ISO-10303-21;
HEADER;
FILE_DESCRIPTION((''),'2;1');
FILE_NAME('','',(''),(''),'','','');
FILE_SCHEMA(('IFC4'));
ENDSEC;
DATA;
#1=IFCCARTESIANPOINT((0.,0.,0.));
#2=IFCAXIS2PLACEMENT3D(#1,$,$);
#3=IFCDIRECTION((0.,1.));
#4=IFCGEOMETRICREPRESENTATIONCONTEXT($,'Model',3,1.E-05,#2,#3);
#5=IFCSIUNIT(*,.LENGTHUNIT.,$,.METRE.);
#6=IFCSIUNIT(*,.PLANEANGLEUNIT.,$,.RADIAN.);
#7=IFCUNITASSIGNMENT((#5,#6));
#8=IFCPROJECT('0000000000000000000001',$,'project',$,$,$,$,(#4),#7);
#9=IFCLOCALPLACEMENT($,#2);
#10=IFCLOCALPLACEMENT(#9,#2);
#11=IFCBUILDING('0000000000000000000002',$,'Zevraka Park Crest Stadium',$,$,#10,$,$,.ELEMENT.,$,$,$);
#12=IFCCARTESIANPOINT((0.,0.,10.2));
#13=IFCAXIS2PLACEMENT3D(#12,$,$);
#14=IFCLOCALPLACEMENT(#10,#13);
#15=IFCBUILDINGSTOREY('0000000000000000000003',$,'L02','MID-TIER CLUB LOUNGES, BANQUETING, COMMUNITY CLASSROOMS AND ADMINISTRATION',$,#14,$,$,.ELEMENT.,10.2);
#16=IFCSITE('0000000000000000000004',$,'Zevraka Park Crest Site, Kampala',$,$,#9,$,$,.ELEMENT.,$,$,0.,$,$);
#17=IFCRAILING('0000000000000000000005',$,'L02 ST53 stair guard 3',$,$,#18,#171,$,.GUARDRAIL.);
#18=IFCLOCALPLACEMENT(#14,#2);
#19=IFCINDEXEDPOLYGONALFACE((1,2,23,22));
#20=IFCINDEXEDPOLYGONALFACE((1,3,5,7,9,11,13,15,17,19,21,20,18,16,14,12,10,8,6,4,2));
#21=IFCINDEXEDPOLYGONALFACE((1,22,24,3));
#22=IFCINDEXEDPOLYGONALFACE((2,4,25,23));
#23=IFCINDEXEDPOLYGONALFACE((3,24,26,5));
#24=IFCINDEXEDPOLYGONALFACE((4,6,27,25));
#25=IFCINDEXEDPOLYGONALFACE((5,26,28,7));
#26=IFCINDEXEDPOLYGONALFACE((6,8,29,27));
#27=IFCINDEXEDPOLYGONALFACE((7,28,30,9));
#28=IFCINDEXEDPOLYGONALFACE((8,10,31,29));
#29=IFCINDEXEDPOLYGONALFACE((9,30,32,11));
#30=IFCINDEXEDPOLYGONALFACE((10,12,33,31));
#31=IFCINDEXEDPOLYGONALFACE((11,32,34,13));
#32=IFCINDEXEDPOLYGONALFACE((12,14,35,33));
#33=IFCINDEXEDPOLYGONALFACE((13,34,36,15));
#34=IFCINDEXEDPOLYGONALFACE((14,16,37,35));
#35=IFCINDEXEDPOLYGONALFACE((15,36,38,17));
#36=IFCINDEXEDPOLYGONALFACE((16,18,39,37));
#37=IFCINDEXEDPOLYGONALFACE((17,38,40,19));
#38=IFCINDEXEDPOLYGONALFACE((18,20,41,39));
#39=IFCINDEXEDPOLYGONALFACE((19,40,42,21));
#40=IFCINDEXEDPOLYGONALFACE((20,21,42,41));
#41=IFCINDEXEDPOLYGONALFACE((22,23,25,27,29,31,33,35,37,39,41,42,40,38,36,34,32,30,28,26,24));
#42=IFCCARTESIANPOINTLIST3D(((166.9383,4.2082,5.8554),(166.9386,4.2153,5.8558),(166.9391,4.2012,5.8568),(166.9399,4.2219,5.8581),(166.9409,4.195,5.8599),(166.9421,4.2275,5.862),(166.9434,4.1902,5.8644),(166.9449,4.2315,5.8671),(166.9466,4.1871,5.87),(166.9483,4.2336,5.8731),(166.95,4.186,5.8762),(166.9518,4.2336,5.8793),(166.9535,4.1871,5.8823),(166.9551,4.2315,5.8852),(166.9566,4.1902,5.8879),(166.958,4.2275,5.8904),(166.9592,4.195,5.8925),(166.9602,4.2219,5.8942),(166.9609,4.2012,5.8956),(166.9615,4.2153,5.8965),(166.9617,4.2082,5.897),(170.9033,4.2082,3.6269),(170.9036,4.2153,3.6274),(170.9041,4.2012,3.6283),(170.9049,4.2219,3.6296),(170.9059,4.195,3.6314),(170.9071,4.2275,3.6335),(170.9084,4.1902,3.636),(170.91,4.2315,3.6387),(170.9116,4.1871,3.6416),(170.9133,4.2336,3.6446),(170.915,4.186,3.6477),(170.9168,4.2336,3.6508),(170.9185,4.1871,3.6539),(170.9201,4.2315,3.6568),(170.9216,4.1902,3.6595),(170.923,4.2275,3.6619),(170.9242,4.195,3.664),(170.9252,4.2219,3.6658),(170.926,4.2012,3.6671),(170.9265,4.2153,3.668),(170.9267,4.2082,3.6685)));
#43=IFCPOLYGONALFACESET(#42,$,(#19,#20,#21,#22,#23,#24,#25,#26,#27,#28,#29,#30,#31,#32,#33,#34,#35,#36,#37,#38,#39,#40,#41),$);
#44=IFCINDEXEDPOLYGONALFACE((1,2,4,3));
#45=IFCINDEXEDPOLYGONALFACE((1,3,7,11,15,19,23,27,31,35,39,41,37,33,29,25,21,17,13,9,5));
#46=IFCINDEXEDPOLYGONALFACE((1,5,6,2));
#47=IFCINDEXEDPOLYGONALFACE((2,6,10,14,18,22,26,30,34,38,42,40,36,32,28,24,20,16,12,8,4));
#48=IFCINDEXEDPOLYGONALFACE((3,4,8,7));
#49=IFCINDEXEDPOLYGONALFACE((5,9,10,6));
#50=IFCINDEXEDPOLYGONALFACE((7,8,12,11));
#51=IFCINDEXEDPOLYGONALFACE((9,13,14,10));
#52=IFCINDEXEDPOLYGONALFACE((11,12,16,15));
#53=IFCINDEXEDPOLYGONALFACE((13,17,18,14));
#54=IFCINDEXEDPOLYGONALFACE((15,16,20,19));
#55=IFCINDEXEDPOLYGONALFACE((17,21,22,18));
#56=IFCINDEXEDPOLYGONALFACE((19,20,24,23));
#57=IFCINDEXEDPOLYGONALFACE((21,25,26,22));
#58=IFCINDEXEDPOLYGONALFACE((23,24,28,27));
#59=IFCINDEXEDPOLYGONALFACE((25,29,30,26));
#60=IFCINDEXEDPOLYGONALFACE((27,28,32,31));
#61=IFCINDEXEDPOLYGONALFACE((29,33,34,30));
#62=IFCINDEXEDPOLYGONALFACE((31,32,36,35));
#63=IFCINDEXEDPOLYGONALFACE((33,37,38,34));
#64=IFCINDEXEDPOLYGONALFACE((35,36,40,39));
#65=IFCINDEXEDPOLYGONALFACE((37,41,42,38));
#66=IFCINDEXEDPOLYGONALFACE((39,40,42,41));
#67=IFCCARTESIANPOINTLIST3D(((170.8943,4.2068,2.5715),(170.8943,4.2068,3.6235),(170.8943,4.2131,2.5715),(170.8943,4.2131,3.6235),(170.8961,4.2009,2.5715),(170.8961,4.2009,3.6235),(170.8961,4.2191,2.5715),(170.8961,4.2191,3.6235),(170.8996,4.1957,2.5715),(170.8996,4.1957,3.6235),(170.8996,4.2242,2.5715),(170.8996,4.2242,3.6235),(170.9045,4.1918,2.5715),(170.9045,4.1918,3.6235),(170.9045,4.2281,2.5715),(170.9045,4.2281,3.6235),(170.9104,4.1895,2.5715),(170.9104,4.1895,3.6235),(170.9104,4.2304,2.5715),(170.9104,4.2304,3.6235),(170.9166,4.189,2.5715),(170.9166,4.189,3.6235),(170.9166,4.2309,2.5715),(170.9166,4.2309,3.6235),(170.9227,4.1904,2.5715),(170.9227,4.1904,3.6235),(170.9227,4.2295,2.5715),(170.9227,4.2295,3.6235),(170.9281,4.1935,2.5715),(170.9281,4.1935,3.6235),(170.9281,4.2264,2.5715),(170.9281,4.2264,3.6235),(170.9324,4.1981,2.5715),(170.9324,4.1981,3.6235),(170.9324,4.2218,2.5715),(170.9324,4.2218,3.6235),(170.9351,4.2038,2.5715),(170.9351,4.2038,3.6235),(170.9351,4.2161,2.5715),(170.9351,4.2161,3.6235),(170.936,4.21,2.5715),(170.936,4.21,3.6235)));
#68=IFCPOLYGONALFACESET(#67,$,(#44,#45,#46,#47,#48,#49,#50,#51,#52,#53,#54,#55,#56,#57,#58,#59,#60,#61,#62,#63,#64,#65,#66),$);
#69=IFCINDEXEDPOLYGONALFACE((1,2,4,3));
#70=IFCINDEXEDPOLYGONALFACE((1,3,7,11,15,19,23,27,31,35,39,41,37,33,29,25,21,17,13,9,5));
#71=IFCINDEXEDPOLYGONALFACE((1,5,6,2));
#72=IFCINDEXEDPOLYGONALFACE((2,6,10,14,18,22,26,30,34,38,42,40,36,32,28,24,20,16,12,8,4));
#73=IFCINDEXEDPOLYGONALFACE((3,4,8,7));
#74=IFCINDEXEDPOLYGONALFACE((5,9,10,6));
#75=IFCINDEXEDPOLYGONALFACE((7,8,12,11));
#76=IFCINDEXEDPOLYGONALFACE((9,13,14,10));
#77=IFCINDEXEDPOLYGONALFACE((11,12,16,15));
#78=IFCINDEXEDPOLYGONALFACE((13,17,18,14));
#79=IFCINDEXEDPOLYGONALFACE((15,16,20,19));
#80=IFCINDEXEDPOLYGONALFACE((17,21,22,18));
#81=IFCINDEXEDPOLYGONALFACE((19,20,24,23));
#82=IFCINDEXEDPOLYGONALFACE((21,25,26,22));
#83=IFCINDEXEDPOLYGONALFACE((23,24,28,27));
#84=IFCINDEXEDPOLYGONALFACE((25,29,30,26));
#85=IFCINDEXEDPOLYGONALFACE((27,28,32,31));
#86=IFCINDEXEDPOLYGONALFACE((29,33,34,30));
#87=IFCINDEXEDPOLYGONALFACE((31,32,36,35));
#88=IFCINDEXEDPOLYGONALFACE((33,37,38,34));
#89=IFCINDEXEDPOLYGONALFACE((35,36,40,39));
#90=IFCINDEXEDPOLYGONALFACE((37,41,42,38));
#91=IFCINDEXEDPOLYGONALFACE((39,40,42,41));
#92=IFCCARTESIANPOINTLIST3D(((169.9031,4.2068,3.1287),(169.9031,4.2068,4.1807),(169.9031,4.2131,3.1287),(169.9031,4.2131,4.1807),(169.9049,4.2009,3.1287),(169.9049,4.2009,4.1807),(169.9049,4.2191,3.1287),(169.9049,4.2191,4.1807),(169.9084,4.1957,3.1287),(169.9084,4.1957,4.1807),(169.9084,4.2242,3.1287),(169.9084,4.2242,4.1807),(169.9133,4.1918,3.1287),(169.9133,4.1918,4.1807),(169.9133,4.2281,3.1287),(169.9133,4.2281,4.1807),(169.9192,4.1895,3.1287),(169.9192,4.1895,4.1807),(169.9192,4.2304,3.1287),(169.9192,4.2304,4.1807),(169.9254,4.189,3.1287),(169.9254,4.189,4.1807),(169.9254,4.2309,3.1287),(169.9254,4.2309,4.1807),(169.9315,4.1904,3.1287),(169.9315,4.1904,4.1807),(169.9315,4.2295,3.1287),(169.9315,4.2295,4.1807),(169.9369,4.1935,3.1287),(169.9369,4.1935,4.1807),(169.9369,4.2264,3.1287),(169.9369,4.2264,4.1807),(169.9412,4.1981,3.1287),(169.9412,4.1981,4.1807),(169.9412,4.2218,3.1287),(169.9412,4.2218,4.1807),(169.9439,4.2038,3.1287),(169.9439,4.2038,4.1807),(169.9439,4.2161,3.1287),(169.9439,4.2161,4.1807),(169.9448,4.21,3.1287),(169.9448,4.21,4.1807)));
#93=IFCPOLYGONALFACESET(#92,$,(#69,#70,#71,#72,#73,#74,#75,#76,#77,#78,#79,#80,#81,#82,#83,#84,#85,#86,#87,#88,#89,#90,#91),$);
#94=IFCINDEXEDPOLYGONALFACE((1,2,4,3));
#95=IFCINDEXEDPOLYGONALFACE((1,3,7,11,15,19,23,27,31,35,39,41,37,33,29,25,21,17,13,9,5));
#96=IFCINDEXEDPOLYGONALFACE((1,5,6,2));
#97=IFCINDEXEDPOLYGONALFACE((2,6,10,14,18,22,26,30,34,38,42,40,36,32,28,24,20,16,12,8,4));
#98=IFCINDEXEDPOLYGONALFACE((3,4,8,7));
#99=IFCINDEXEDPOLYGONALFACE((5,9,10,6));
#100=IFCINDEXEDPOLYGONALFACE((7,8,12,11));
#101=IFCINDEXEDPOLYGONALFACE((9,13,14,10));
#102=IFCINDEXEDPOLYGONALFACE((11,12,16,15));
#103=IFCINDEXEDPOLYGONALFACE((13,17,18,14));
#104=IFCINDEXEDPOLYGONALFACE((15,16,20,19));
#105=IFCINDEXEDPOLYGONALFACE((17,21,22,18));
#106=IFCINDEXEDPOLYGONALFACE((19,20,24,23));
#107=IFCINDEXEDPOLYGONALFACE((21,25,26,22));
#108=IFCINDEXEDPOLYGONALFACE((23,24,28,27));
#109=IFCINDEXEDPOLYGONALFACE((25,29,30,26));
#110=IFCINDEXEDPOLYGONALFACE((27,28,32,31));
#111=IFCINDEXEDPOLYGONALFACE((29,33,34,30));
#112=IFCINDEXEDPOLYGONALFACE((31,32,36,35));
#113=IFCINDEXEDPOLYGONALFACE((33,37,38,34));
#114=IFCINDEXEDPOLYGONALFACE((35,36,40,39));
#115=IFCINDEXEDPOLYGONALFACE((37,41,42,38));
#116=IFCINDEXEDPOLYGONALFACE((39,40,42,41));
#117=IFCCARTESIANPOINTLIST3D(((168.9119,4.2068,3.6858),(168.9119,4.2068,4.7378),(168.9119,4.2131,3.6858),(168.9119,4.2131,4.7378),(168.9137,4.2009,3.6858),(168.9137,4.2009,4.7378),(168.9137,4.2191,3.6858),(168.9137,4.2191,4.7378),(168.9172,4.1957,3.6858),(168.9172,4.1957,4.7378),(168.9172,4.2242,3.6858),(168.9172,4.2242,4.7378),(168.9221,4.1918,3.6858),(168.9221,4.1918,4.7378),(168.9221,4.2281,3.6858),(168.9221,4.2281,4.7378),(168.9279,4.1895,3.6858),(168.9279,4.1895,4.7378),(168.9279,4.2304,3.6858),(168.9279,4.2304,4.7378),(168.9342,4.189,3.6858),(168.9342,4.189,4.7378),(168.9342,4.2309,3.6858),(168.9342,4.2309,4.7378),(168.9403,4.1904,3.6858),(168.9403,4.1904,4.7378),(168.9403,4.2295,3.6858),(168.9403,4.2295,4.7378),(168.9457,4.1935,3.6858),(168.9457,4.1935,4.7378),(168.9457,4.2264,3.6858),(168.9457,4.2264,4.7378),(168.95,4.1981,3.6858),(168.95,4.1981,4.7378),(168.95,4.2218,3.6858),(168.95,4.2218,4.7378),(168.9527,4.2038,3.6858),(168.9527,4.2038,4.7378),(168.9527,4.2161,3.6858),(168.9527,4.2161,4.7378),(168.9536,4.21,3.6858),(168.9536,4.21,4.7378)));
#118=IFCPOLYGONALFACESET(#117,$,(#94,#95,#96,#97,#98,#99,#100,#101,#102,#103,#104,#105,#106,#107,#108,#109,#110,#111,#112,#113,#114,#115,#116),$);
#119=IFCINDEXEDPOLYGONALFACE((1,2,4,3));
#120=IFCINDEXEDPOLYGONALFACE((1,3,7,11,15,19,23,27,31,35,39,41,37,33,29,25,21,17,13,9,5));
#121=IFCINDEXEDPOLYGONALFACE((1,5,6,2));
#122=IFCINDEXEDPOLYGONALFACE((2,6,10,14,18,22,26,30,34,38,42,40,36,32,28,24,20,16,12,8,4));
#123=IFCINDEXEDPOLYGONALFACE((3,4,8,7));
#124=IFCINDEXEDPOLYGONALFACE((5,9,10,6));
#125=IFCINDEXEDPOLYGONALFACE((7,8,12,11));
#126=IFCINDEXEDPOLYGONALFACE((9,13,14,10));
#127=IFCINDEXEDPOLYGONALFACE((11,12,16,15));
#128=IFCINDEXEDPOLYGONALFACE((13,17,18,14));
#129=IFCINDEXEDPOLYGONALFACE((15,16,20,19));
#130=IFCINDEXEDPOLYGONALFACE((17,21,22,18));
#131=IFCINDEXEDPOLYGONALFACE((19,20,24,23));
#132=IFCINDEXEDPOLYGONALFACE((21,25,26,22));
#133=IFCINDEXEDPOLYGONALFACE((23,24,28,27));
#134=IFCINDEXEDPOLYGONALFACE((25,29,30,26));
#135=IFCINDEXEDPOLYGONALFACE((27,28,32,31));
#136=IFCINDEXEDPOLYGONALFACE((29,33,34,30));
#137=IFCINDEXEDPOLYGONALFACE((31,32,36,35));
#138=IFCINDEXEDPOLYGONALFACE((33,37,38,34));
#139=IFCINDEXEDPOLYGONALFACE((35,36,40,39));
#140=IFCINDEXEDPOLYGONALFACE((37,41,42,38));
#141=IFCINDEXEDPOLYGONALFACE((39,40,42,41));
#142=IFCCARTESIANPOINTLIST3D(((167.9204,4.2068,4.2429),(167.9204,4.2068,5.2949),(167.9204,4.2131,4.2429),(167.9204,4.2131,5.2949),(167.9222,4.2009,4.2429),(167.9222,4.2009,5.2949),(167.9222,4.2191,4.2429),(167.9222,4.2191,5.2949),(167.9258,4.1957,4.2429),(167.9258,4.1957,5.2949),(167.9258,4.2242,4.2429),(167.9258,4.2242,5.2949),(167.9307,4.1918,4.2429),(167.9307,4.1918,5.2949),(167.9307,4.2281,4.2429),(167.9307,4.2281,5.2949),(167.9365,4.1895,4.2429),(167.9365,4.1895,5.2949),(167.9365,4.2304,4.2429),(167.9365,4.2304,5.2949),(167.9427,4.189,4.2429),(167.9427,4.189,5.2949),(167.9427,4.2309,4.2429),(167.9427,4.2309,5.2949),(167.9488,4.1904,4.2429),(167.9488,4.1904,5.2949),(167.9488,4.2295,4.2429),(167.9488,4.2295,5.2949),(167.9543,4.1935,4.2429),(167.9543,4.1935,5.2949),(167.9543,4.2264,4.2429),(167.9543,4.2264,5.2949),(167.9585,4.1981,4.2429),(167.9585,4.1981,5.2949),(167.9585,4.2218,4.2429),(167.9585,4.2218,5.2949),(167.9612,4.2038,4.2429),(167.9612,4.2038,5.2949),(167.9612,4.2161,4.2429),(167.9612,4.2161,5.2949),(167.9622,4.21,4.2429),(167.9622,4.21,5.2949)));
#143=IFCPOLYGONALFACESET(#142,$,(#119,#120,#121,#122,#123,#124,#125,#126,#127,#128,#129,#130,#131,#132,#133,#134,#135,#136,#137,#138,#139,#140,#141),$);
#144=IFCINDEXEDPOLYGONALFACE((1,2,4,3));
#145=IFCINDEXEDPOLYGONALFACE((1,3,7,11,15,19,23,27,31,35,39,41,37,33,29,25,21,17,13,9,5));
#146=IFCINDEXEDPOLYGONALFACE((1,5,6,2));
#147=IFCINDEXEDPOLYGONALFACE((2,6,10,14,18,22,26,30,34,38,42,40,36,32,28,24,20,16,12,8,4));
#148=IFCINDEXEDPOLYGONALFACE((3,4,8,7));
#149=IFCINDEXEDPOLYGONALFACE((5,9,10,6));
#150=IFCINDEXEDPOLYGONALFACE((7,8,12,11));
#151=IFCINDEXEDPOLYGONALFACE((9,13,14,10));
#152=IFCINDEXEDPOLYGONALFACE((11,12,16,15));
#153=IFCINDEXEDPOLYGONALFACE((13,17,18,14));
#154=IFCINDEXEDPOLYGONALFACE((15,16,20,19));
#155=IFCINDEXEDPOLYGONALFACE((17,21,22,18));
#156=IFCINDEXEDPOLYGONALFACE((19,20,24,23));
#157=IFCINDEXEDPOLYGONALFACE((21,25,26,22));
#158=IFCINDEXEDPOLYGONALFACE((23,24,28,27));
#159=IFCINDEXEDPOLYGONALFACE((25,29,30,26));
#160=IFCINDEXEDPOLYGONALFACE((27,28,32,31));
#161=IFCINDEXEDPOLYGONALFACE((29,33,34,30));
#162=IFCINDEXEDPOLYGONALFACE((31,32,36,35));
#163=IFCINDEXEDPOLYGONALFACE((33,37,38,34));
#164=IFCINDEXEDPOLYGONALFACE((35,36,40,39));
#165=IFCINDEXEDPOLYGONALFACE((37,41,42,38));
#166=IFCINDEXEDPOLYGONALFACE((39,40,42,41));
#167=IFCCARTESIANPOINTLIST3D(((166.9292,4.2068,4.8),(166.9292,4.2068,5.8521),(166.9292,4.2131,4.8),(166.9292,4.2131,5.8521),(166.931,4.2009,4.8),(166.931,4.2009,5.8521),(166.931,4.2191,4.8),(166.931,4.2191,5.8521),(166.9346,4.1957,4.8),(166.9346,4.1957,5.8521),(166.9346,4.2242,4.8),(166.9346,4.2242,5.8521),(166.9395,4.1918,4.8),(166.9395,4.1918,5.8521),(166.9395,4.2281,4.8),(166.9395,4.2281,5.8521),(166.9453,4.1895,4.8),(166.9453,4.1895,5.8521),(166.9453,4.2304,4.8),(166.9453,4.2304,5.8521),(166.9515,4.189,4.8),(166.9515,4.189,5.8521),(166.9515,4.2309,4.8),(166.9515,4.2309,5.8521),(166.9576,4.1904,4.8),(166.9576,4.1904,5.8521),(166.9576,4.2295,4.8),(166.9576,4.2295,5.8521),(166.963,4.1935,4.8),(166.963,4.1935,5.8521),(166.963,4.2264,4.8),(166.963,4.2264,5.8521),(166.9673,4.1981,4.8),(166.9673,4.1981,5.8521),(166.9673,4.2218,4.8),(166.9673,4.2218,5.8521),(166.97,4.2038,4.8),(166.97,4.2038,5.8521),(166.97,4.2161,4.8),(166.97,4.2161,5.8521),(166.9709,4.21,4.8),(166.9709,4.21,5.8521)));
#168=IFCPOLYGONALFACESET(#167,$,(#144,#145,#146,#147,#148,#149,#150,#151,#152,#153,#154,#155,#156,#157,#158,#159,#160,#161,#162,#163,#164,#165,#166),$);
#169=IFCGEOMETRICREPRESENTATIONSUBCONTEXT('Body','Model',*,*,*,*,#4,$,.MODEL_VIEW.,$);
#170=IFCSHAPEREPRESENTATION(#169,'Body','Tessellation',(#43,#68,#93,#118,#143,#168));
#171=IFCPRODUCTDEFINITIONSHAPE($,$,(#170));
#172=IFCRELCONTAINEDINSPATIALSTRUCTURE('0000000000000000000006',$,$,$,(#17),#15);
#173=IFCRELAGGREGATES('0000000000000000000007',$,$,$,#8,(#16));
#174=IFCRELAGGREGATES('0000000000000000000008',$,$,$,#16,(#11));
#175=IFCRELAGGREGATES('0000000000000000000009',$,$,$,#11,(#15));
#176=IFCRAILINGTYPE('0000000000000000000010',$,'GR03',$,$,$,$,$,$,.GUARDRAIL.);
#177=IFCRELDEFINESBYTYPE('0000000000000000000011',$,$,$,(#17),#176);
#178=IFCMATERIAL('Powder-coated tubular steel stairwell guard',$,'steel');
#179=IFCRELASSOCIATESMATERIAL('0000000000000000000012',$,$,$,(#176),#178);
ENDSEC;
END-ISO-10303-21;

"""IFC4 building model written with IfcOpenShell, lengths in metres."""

from ifc_helpers import new_model, si_unit, direction, frame, origin, origin_2d, place, context, subcontext, project, spatial, circle, extrude, material, type_object, element, save


model = new_model("IFC4")

# Units and contexts
model_context = context("Model", 3, precision=1e-05, world=origin(), true_north=direction((0.0, 1.0)))
body_context = subcontext(model_context, "Body", "Model", "MODEL_VIEW")
ifc_project = project(units=[si_unit("LENGTHUNIT", "METRE"), si_unit("PLANEANGLEUNIT", "RADIAN")], contexts=[model_context])

# Site, building, storey
site_placement = place(None, origin())
site = spatial("IfcSite", under=ifc_project, at=site_placement, Name="Zevraka Park Crest Site, Kampala", CompositionType="ELEMENT", RefElevation=0.0)
building_placement = place(site_placement, origin())
building = spatial("IfcBuilding", under=site, at=building_placement, Name="Zevraka Park Crest Stadium", CompositionType="ELEMENT")
storey_placement = place(building_placement, frame((0.0, 0.0, 10.2)))
storey = spatial("IfcBuildingStorey", under=building, at=storey_placement, Name="L02", Description="MID-TIER CLUB LOUNGES, BANQUETING, COMMUNITY CLASSROOMS AND ADMINISTRATION", CompositionType="ELEMENT", Elevation=10.2)

# Railing
ifc_material_1 = material(Name="Powder-coated tubular steel stairwell guard", Category="steel")
railing_type_1 = type_object("IfcRailingType", Name="GR03", PredefinedType="GUARDRAIL", material=ifc_material_1)
railing_1_placement = place(storey_placement, frame((170.915, 4.21, 2.5715)))
element("IfcRailing", 1, at=railing_1_placement, inside=storey, type_object=railing_type_1, Name="L02 ST53 stair guard 3", PredefinedType="GUARDRAIL", context=body_context, shape_type="SweptSolid", body=[
    extrude(circle(Radius=0.0239, at=origin_2d()), frame((0.0, 0.0, 1.0762), z_axis=(-0.871749, 0.0, 0.489953), x_axis=(0.0, -1.0, 0.0)), (0.0, 0.0, 1.0), 4.5483),
    extrude(circle(Radius=0.021, at=origin_2d()), origin(), (0.0, 0.0, 1.0), 1.052),
    extrude(circle(Radius=0.021, at=origin_2d()), frame((-0.9912, 0.0, 0.5571)), (0.0, 0.0, 1.0), 1.052),
    extrude(circle(Radius=0.021, at=origin_2d()), frame((-1.9824, 0.0, 1.1143)), (0.0, 0.0, 1.0), 1.052),
    extrude(circle(Radius=0.021, at=origin_2d()), frame((-2.9739, 0.0, 1.6714)), (0.0, 0.0, 1.0), 1.052),
    extrude(circle(Radius=0.021, at=origin_2d()), frame((-3.9651, 0.0, 2.2285)), (0.0, 0.0, 1.0), 1.052),
])

save(model, "model.ifc")
